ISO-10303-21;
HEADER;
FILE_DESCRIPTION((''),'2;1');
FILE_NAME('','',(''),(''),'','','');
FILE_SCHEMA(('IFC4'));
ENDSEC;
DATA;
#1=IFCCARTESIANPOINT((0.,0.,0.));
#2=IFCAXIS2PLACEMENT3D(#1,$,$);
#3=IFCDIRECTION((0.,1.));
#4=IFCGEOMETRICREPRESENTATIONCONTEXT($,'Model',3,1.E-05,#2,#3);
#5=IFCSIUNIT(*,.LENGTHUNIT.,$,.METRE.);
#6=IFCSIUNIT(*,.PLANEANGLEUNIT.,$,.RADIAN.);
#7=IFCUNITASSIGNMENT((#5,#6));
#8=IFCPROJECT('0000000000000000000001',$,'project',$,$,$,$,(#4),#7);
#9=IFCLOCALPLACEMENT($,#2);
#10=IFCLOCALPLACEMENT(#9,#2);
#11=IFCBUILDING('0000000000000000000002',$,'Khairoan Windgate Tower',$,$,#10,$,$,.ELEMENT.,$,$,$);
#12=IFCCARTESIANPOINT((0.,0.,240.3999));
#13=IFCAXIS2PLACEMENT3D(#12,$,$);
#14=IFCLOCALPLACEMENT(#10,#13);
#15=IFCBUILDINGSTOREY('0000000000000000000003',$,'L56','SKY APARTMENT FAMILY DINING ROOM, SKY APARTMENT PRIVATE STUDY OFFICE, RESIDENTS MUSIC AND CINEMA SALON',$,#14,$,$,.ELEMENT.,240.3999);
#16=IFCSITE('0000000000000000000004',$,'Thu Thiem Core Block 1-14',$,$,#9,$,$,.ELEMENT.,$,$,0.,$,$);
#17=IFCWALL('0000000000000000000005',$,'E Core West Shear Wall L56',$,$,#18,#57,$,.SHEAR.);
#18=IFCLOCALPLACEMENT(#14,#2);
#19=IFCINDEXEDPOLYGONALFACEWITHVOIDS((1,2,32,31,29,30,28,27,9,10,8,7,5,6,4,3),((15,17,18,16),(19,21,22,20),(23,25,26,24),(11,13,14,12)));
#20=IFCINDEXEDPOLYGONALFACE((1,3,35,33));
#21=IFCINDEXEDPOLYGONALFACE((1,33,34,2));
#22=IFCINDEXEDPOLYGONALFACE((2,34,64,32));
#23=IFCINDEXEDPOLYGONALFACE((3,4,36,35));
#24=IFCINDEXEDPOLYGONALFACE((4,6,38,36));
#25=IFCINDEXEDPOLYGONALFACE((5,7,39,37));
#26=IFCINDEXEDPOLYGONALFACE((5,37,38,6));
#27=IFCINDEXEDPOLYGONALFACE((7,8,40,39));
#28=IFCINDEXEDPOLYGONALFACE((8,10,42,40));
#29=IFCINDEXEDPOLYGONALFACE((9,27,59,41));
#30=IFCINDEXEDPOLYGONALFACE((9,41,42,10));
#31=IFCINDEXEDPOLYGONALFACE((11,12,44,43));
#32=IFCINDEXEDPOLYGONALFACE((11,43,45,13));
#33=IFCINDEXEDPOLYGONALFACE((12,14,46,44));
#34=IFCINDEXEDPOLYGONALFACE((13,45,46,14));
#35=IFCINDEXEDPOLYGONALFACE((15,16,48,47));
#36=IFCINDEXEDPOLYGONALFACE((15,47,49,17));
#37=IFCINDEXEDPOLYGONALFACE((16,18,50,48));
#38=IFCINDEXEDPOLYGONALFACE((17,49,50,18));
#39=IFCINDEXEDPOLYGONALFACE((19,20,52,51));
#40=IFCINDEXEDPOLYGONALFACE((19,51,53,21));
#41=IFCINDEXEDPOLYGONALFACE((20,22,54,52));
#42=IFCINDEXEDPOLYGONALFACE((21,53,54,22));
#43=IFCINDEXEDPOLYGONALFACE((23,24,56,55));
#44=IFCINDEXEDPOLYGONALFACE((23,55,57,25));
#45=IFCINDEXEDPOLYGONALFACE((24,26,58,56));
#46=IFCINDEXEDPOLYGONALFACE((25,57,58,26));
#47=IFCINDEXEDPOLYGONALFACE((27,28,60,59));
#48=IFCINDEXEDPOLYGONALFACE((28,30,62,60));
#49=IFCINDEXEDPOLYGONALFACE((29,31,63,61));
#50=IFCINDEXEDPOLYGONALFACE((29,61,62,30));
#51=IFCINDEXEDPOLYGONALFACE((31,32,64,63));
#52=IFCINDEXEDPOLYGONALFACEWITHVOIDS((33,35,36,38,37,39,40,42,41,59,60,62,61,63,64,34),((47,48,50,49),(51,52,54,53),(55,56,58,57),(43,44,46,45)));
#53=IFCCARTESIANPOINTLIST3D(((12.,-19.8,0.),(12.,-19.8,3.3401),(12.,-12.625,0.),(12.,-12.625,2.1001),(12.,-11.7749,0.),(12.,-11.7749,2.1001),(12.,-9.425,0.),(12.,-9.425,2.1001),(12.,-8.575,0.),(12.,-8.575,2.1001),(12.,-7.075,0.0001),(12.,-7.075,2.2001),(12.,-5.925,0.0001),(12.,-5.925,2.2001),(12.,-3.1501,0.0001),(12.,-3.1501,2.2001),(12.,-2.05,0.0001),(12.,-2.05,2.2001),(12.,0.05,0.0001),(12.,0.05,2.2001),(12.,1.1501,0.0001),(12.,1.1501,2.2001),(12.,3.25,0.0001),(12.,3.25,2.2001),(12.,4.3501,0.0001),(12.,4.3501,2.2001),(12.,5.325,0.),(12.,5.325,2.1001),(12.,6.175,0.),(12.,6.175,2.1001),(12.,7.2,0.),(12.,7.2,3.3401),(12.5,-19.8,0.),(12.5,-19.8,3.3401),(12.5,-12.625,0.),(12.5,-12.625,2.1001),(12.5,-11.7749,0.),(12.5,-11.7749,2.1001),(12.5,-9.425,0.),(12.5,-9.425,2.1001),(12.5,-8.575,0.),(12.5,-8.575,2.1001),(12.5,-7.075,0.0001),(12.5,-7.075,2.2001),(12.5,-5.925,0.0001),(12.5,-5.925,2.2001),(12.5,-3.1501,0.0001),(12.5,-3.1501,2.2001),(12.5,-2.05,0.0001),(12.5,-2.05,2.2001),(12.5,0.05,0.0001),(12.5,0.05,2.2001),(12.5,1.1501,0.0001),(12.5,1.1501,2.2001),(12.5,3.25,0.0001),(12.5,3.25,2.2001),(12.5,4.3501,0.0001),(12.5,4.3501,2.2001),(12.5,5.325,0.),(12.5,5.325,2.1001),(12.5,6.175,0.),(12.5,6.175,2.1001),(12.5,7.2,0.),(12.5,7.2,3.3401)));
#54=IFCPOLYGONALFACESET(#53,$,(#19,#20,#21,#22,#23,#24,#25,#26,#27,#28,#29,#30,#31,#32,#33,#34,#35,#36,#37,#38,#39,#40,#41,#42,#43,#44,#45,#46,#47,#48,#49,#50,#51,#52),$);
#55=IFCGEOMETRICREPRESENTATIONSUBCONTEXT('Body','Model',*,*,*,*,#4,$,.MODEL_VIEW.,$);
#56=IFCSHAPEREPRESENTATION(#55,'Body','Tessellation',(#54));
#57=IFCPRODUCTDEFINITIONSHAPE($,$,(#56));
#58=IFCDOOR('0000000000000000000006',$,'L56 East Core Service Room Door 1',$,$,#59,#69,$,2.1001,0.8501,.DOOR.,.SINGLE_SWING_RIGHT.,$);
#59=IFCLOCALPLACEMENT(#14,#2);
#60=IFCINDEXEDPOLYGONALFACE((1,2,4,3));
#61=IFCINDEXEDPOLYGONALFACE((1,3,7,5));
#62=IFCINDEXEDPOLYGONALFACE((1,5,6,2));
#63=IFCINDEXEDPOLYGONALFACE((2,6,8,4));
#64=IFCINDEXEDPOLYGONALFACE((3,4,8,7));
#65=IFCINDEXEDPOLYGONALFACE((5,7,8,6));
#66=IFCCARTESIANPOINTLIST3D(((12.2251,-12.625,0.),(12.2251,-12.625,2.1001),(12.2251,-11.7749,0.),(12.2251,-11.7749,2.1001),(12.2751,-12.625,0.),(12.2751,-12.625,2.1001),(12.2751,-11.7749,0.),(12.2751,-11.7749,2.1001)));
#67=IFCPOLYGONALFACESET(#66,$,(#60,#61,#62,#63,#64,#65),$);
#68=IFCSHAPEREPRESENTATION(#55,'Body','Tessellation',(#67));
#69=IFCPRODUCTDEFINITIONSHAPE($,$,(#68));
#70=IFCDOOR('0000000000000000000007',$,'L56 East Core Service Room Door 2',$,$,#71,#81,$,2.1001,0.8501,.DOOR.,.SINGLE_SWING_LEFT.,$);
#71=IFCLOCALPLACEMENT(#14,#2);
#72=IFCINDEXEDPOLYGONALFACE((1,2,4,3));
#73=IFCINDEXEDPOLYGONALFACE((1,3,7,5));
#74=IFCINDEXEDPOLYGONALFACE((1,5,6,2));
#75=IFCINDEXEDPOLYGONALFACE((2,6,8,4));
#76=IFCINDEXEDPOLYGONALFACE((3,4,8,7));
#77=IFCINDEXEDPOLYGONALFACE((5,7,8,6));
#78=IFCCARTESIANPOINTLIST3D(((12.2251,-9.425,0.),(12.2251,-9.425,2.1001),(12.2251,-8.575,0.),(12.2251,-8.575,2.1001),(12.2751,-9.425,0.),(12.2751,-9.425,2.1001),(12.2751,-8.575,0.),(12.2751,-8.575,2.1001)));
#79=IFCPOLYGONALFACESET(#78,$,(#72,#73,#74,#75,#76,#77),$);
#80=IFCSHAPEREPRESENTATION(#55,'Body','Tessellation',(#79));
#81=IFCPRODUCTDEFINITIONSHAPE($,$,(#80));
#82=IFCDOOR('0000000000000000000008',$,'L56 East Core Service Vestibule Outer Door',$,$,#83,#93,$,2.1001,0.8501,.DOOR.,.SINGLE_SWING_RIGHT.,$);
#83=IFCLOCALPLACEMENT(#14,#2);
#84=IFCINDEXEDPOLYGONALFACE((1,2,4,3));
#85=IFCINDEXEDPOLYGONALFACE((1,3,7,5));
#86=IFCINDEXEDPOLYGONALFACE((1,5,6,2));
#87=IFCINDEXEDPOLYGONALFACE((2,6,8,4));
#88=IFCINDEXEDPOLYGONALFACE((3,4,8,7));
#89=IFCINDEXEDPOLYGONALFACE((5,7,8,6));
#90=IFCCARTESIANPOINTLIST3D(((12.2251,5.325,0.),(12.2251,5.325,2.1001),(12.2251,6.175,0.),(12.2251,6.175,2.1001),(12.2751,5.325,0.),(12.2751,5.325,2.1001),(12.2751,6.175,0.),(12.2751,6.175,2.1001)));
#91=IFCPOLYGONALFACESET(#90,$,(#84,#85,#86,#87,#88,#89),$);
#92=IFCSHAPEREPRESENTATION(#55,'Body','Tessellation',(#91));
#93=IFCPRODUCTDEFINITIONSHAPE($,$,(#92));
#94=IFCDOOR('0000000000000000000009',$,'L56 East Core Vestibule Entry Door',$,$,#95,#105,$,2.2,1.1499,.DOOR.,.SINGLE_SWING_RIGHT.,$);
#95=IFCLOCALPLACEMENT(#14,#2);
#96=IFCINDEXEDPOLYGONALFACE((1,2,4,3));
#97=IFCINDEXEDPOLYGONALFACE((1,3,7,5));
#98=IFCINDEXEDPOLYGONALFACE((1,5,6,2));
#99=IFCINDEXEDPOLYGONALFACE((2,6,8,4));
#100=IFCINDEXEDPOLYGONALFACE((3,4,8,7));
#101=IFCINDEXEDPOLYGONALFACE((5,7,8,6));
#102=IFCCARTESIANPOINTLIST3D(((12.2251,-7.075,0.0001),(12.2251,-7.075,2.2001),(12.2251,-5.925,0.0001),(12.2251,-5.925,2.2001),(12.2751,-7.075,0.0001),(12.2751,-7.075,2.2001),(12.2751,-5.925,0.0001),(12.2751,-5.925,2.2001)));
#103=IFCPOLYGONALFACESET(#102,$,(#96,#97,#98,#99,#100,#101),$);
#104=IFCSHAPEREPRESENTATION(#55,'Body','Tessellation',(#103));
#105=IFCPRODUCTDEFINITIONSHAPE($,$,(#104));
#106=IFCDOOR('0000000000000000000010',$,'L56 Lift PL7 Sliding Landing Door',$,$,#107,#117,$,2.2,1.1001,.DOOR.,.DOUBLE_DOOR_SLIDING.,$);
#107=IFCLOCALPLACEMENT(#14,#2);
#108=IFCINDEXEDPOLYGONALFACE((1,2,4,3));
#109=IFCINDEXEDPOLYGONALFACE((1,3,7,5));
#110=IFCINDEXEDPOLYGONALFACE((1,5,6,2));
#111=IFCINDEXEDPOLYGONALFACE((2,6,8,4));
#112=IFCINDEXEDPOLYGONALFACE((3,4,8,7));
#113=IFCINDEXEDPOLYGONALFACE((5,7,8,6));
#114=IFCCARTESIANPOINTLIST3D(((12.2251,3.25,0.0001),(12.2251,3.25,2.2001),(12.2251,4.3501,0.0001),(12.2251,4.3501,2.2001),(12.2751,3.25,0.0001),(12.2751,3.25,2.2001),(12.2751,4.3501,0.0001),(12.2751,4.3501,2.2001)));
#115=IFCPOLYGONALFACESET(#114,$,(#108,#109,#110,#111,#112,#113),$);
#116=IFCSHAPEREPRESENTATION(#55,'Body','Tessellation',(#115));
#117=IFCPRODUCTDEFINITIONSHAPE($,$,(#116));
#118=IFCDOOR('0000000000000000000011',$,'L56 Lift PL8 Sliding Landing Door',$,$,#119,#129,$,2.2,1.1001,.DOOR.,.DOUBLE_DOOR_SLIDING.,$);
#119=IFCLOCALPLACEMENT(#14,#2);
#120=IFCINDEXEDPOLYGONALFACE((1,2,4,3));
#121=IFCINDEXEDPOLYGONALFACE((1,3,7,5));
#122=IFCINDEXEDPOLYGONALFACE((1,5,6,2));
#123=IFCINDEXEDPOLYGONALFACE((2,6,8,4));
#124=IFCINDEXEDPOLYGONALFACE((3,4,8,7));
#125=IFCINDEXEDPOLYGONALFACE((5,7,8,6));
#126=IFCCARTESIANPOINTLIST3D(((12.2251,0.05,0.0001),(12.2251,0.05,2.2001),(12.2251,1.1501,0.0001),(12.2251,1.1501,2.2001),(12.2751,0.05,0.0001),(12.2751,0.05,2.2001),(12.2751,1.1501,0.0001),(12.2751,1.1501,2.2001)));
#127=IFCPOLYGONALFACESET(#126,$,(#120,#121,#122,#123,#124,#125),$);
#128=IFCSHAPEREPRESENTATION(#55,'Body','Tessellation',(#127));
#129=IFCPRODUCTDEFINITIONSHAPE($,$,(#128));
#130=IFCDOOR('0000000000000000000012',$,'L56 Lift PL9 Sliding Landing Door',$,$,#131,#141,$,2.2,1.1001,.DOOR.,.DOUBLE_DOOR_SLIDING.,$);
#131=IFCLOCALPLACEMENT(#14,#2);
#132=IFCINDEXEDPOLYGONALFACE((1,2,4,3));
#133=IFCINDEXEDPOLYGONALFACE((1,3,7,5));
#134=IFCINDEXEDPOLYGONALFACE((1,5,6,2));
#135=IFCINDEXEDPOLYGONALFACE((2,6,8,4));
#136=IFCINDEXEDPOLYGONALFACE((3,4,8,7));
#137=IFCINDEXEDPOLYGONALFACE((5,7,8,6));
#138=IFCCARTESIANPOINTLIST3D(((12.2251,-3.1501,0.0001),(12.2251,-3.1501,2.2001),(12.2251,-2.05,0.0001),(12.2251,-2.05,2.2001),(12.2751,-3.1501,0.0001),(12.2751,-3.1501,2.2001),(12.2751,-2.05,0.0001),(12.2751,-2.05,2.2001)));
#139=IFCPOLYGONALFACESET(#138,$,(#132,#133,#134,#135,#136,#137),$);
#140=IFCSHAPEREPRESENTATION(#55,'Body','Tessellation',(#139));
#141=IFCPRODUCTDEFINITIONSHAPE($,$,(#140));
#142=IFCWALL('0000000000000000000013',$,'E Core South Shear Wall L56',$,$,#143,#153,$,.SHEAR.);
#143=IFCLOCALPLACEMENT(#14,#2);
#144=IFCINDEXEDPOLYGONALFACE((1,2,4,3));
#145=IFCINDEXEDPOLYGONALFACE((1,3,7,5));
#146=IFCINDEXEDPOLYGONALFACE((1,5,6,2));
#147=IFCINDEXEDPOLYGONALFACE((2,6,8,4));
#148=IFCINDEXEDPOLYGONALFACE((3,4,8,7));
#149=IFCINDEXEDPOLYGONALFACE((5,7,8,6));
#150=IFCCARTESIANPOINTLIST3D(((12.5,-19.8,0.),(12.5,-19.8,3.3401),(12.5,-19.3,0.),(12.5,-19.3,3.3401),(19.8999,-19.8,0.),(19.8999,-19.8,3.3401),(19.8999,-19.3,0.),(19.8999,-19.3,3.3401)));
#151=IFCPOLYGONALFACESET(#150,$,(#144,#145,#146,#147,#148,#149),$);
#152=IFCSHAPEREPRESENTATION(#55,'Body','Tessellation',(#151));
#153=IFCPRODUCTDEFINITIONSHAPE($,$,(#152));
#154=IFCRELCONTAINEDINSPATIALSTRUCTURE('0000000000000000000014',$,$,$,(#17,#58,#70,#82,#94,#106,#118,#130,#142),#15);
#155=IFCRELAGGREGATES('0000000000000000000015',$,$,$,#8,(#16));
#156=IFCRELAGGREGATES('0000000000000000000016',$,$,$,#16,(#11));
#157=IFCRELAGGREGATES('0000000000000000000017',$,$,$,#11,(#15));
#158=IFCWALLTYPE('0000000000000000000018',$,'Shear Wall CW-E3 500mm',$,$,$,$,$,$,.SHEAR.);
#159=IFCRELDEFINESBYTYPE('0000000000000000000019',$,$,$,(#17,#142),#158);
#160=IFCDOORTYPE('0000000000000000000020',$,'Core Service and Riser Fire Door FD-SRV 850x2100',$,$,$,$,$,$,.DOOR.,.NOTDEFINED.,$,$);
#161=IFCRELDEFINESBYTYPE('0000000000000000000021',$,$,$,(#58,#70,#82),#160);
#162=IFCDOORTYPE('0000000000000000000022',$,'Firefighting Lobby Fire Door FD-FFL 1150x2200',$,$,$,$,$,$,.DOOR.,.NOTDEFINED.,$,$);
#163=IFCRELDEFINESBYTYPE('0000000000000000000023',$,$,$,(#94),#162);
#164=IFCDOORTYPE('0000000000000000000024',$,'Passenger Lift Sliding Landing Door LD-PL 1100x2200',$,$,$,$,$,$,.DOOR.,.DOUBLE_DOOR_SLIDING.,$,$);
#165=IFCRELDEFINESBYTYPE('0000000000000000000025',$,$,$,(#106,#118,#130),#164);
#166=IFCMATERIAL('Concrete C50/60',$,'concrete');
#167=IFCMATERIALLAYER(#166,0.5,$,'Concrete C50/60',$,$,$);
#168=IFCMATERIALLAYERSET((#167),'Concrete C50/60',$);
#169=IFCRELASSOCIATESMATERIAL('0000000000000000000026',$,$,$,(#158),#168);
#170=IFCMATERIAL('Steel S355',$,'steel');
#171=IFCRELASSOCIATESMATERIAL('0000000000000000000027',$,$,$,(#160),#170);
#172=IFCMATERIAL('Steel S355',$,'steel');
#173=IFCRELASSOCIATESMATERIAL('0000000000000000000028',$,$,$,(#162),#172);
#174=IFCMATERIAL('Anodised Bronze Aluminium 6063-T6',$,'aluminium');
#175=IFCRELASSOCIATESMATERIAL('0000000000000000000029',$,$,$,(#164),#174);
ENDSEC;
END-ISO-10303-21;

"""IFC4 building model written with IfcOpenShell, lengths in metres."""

from ifc_helpers import new_model, si_unit, direction, frame, frame_2d, origin, place, context, subcontext, project, spatial, rectangle, extrude, material, layer, layer_set, type_object, element, fill, save


model = new_model("IFC4")

# Units and contexts
model_context = context("Model", 3, precision=1e-05, world=origin(), true_north=direction((0.0, 1.0)))
body_context = subcontext(model_context, "Body", "Model", "MODEL_VIEW")
ifc_project = project(units=[si_unit("LENGTHUNIT", "METRE"), si_unit("PLANEANGLEUNIT", "RADIAN")], contexts=[model_context])

# Site, building, storey
site_placement = place(None, origin())
site = spatial("IfcSite", under=ifc_project, at=site_placement, Name="Thu Thiem Core Block 1-14", CompositionType="ELEMENT", RefElevation=0.0)
building_placement = place(site_placement, origin())
building = spatial("IfcBuilding", under=site, at=building_placement, Name="Khairoan Windgate Tower", CompositionType="ELEMENT")
storey_placement = place(building_placement, frame((0.0, 0.0, 240.3999)))
storey = spatial("IfcBuildingStorey", under=building, at=storey_placement, Name="L56", Description="SKY APARTMENT FAMILY DINING ROOM, SKY APARTMENT PRIVATE STUDY OFFICE, RESIDENTS MUSIC AND CINEMA SALON", CompositionType="ELEMENT", Elevation=240.3999)

# Wall, openings, doors
ifc_material_1 = material(Name="Concrete C50/60", Category="concrete")
ifc_layer_1 = layer(ifc_material_1, 0.5, Name="Concrete C50/60")
ifc_layer_set_1 = layer_set([ifc_layer_1], Name="Concrete C50/60")
wall_type_1 = type_object("IfcWallType", Name="Shear Wall CW-E3 500mm", PredefinedType="SHEAR", material=ifc_layer_set_1)
wall_1_placement = place(storey_placement, frame((12.25, -19.8, 0.0), z_axis=(0.0, 0.0, 1.0), x_axis=(0.0, 1.0, 0.0)))
wall_1 = element("IfcWall", 1, at=wall_1_placement, inside=storey, type_object=wall_type_1, Name="E Core West Shear Wall L56", PredefinedType="SHEAR", context=body_context, shape_type="SweptSolid", body=[
    extrude(rectangle(XDim=27.0, YDim=0.5, at=frame_2d((13.5, 0.0))), origin(), (0.0, 0.0, 1.0), 3.3401),
])
opening_1_placement = place(wall_1_placement, frame((23.05, 0.0, 0.0)))
opening_1 = element("IfcOpeningElement", 2, at=opening_1_placement, cuts=wall_1, PredefinedType="OPENING", context=body_context, shape_type="SweptSolid", body=[
    extrude(rectangle(XDim=1.1001, YDim=2.2, at=frame_2d((0.55, 1.1001))), frame((0.0, 0.26, 0.0), z_axis=(0.0, -1.0, 0.0), x_axis=(1.0, 0.0, 0.0)), (0.0, 0.0, 1.0), 0.52),
])
opening_2_placement = place(wall_1_placement, frame((19.8501, 0.0, 0.0)))
opening_2 = element("IfcOpeningElement", 3, at=opening_2_placement, cuts=wall_1, PredefinedType="OPENING", context=body_context, shape_type="SweptSolid", body=[
    extrude(rectangle(XDim=1.1001, YDim=2.2, at=frame_2d((0.55, 1.1001))), frame((0.0, 0.26, 0.0), z_axis=(0.0, -1.0, 0.0), x_axis=(1.0, 0.0, 0.0)), (0.0, 0.0, 1.0), 0.52),
])
opening_3_placement = place(wall_1_placement, frame((16.6499, 0.0, 0.0)))
opening_3 = element("IfcOpeningElement", 4, at=opening_3_placement, cuts=wall_1, PredefinedType="OPENING", context=body_context, shape_type="SweptSolid", body=[
    extrude(rectangle(XDim=1.1001, YDim=2.2, at=frame_2d((0.55, 1.1001))), frame((0.0, 0.26, 0.0), z_axis=(0.0, -1.0, 0.0), x_axis=(1.0, 0.0, 0.0)), (0.0, 0.0, 1.0), 0.52),
])
opening_4_placement = place(wall_1_placement, frame((7.175, 0.0, 0.0)))
opening_4 = element("IfcOpeningElement", 5, at=opening_4_placement, cuts=wall_1, PredefinedType="OPENING", context=body_context, shape_type="SweptSolid", body=[
    extrude(rectangle(XDim=0.8501, YDim=2.1001, at=frame_2d((0.425, 1.05))), frame((0.0, 0.26, 0.0), z_axis=(0.0, -1.0, 0.0), x_axis=(1.0, 0.0, 0.0)), (0.0, 0.0, 1.0), 0.52),
])
opening_5_placement = place(wall_1_placement, frame((10.375, 0.0, 0.0)))
opening_5 = element("IfcOpeningElement", 6, at=opening_5_placement, cuts=wall_1, PredefinedType="OPENING", context=body_context, shape_type="SweptSolid", body=[
    extrude(rectangle(XDim=0.8501, YDim=2.1001, at=frame_2d((0.425, 1.05))), frame((0.0, 0.26, 0.0), z_axis=(0.0, -1.0, 0.0), x_axis=(1.0, 0.0, 0.0)), (0.0, 0.0, 1.0), 0.52),
])
opening_6_placement = place(wall_1_placement, frame((12.7251, 0.0, 0.0)))
opening_6 = element("IfcOpeningElement", 7, at=opening_6_placement, cuts=wall_1, PredefinedType="OPENING", context=body_context, shape_type="SweptSolid", body=[
    extrude(rectangle(XDim=1.1499, YDim=2.2, at=frame_2d((0.575, 1.1001))), frame((0.0, 0.26, 0.0), z_axis=(0.0, -1.0, 0.0), x_axis=(1.0, 0.0, 0.0)), (0.0, 0.0, 1.0), 0.52),
])
opening_7_placement = place(wall_1_placement, frame((25.125, 0.0, 0.0)))
opening_7 = element("IfcOpeningElement", 8, at=opening_7_placement, cuts=wall_1, PredefinedType="OPENING", context=body_context, shape_type="SweptSolid", body=[
    extrude(rectangle(XDim=0.8501, YDim=2.1001, at=frame_2d((0.425, 1.05))), frame((0.0, 0.26, 0.0), z_axis=(0.0, -1.0, 0.0), x_axis=(1.0, 0.0, 0.0)), (0.0, 0.0, 1.0), 0.52),
])
ifc_material_2 = material(Name="Steel S355", Category="steel")
door_type_1 = type_object("IfcDoorType", Name="Core Service and Riser Fire Door FD-SRV 850x2100", OperationType="NOTDEFINED", PredefinedType="DOOR", material=ifc_material_2)
door_1_placement = place(opening_4_placement, origin())
door_1 = element("IfcDoor", 9, at=door_1_placement, inside=storey, type_object=door_type_1, Name="L56 East Core Service Room Door 1", OperationType="SINGLE_SWING_RIGHT", OverallHeight=2.1001, OverallWidth=0.8501, PredefinedType="DOOR", context=body_context, shape_type="SweptSolid", body=[
    extrude(rectangle(XDim=0.8501, YDim=2.1001, at=frame_2d((0.425, 1.05))), frame((0.0, 0.0249, 0.0), z_axis=(0.0, -1.0, 0.0), x_axis=(1.0, 0.0, 0.0)), (0.0, 0.0, 1.0), 0.05),
])
fill(opening_4, door_1)
door_2_placement = place(opening_5_placement, origin())
door_2 = element("IfcDoor", 10, at=door_2_placement, inside=storey, type_object=door_type_1, Name="L56 East Core Service Room Door 2", OperationType="SINGLE_SWING_LEFT", OverallHeight=2.1001, OverallWidth=0.8501, PredefinedType="DOOR", context=body_context, shape_type="SweptSolid", body=[
    extrude(rectangle(XDim=0.8501, YDim=2.1001, at=frame_2d((0.425, 1.05))), frame((0.0, 0.0249, 0.0), z_axis=(0.0, -1.0, 0.0), x_axis=(1.0, 0.0, 0.0)), (0.0, 0.0, 1.0), 0.05),
])
fill(opening_5, door_2)
door_3_placement = place(opening_7_placement, origin())
door_3 = element("IfcDoor", 11, at=door_3_placement, inside=storey, type_object=door_type_1, Name="L56 East Core Service Vestibule Outer Door", OperationType="SINGLE_SWING_RIGHT", OverallHeight=2.1001, OverallWidth=0.8501, PredefinedType="DOOR", context=body_context, shape_type="SweptSolid", body=[
    extrude(rectangle(XDim=0.8501, YDim=2.1001, at=frame_2d((0.425, 1.05))), frame((0.0, 0.0249, 0.0), z_axis=(0.0, -1.0, 0.0), x_axis=(1.0, 0.0, 0.0)), (0.0, 0.0, 1.0), 0.05),
])
fill(opening_7, door_3)
ifc_material_3 = material(Name="Steel S355", Category="steel")
door_type_2 = type_object("IfcDoorType", Name="Firefighting Lobby Fire Door FD-FFL 1150x2200", OperationType="NOTDEFINED", PredefinedType="DOOR", material=ifc_material_3)
door_4_placement = place(opening_6_placement, origin())
door_4 = element("IfcDoor", 12, at=door_4_placement, inside=storey, type_object=door_type_2, Name="L56 East Core Vestibule Entry Door", OperationType="SINGLE_SWING_RIGHT", OverallHeight=2.2, OverallWidth=1.1499, PredefinedType="DOOR", context=body_context, shape_type="SweptSolid", body=[
    extrude(rectangle(XDim=1.1499, YDim=2.2, at=frame_2d((0.575, 1.1001))), frame((0.0, 0.0249, 0.0), z_axis=(0.0, -1.0, 0.0), x_axis=(1.0, 0.0, 0.0)), (0.0, 0.0, 1.0), 0.05),
])
fill(opening_6, door_4)
ifc_material_4 = material(Name="Anodised Bronze Aluminium 6063-T6", Category="aluminium")
door_type_3 = type_object("IfcDoorType", Name="Passenger Lift Sliding Landing Door LD-PL 1100x2200", OperationType="DOUBLE_DOOR_SLIDING", PredefinedType="DOOR", material=ifc_material_4)
door_5_placement = place(opening_1_placement, origin())
door_5 = element("IfcDoor", 13, at=door_5_placement, inside=storey, type_object=door_type_3, Name="L56 Lift PL7 Sliding Landing Door", OperationType="DOUBLE_DOOR_SLIDING", OverallHeight=2.2, OverallWidth=1.1001, PredefinedType="DOOR", context=body_context, shape_type="SweptSolid", body=[
    extrude(rectangle(XDim=1.1001, YDim=2.2, at=frame_2d((0.55, 1.1001))), frame((0.0, 0.0249, 0.0), z_axis=(0.0, -1.0, 0.0), x_axis=(1.0, 0.0, 0.0)), (0.0, 0.0, 1.0), 0.05),
])
fill(opening_1, door_5)
door_6_placement = place(opening_2_placement, origin())
door_6 = element("IfcDoor", 14, at=door_6_placement, inside=storey, type_object=door_type_3, Name="L56 Lift PL8 Sliding Landing Door", OperationType="DOUBLE_DOOR_SLIDING", OverallHeight=2.2, OverallWidth=1.1001, PredefinedType="DOOR", context=body_context, shape_type="SweptSolid", body=[
    extrude(rectangle(XDim=1.1001, YDim=2.2, at=frame_2d((0.55, 1.1001))), frame((0.0, 0.0249, 0.0), z_axis=(0.0, -1.0, 0.0), x_axis=(1.0, 0.0, 0.0)), (0.0, 0.0, 1.0), 0.05),
])
fill(opening_2, door_6)
door_7_placement = place(opening_3_placement, origin())
door_7 = element("IfcDoor", 15, at=door_7_placement, inside=storey, type_object=door_type_3, Name="L56 Lift PL9 Sliding Landing Door", OperationType="DOUBLE_DOOR_SLIDING", OverallHeight=2.2, OverallWidth=1.1001, PredefinedType="DOOR", context=body_context, shape_type="SweptSolid", body=[
    extrude(rectangle(XDim=1.1001, YDim=2.2, at=frame_2d((0.55, 1.1001))), frame((0.0, 0.0249, 0.0), z_axis=(0.0, -1.0, 0.0), x_axis=(1.0, 0.0, 0.0)), (0.0, 0.0, 1.0), 0.05),
])
fill(opening_3, door_7)

# Wall
wall_2_placement = place(storey_placement, frame((12.5, -19.55, 0.0), z_axis=(0.0, 0.0, 1.0), x_axis=(1.0, 0.0, 0.0)))
element("IfcWall", 16, at=wall_2_placement, inside=storey, type_object=wall_type_1, Name="E Core South Shear Wall L56", PredefinedType="SHEAR", context=body_context, shape_type="SweptSolid", body=[
    extrude(rectangle(XDim=7.3999, YDim=0.5, at=frame_2d((3.7, 0.0))), origin(), (0.0, 0.0, 1.0), 3.3401),
])

save(model, "model.ifc")
